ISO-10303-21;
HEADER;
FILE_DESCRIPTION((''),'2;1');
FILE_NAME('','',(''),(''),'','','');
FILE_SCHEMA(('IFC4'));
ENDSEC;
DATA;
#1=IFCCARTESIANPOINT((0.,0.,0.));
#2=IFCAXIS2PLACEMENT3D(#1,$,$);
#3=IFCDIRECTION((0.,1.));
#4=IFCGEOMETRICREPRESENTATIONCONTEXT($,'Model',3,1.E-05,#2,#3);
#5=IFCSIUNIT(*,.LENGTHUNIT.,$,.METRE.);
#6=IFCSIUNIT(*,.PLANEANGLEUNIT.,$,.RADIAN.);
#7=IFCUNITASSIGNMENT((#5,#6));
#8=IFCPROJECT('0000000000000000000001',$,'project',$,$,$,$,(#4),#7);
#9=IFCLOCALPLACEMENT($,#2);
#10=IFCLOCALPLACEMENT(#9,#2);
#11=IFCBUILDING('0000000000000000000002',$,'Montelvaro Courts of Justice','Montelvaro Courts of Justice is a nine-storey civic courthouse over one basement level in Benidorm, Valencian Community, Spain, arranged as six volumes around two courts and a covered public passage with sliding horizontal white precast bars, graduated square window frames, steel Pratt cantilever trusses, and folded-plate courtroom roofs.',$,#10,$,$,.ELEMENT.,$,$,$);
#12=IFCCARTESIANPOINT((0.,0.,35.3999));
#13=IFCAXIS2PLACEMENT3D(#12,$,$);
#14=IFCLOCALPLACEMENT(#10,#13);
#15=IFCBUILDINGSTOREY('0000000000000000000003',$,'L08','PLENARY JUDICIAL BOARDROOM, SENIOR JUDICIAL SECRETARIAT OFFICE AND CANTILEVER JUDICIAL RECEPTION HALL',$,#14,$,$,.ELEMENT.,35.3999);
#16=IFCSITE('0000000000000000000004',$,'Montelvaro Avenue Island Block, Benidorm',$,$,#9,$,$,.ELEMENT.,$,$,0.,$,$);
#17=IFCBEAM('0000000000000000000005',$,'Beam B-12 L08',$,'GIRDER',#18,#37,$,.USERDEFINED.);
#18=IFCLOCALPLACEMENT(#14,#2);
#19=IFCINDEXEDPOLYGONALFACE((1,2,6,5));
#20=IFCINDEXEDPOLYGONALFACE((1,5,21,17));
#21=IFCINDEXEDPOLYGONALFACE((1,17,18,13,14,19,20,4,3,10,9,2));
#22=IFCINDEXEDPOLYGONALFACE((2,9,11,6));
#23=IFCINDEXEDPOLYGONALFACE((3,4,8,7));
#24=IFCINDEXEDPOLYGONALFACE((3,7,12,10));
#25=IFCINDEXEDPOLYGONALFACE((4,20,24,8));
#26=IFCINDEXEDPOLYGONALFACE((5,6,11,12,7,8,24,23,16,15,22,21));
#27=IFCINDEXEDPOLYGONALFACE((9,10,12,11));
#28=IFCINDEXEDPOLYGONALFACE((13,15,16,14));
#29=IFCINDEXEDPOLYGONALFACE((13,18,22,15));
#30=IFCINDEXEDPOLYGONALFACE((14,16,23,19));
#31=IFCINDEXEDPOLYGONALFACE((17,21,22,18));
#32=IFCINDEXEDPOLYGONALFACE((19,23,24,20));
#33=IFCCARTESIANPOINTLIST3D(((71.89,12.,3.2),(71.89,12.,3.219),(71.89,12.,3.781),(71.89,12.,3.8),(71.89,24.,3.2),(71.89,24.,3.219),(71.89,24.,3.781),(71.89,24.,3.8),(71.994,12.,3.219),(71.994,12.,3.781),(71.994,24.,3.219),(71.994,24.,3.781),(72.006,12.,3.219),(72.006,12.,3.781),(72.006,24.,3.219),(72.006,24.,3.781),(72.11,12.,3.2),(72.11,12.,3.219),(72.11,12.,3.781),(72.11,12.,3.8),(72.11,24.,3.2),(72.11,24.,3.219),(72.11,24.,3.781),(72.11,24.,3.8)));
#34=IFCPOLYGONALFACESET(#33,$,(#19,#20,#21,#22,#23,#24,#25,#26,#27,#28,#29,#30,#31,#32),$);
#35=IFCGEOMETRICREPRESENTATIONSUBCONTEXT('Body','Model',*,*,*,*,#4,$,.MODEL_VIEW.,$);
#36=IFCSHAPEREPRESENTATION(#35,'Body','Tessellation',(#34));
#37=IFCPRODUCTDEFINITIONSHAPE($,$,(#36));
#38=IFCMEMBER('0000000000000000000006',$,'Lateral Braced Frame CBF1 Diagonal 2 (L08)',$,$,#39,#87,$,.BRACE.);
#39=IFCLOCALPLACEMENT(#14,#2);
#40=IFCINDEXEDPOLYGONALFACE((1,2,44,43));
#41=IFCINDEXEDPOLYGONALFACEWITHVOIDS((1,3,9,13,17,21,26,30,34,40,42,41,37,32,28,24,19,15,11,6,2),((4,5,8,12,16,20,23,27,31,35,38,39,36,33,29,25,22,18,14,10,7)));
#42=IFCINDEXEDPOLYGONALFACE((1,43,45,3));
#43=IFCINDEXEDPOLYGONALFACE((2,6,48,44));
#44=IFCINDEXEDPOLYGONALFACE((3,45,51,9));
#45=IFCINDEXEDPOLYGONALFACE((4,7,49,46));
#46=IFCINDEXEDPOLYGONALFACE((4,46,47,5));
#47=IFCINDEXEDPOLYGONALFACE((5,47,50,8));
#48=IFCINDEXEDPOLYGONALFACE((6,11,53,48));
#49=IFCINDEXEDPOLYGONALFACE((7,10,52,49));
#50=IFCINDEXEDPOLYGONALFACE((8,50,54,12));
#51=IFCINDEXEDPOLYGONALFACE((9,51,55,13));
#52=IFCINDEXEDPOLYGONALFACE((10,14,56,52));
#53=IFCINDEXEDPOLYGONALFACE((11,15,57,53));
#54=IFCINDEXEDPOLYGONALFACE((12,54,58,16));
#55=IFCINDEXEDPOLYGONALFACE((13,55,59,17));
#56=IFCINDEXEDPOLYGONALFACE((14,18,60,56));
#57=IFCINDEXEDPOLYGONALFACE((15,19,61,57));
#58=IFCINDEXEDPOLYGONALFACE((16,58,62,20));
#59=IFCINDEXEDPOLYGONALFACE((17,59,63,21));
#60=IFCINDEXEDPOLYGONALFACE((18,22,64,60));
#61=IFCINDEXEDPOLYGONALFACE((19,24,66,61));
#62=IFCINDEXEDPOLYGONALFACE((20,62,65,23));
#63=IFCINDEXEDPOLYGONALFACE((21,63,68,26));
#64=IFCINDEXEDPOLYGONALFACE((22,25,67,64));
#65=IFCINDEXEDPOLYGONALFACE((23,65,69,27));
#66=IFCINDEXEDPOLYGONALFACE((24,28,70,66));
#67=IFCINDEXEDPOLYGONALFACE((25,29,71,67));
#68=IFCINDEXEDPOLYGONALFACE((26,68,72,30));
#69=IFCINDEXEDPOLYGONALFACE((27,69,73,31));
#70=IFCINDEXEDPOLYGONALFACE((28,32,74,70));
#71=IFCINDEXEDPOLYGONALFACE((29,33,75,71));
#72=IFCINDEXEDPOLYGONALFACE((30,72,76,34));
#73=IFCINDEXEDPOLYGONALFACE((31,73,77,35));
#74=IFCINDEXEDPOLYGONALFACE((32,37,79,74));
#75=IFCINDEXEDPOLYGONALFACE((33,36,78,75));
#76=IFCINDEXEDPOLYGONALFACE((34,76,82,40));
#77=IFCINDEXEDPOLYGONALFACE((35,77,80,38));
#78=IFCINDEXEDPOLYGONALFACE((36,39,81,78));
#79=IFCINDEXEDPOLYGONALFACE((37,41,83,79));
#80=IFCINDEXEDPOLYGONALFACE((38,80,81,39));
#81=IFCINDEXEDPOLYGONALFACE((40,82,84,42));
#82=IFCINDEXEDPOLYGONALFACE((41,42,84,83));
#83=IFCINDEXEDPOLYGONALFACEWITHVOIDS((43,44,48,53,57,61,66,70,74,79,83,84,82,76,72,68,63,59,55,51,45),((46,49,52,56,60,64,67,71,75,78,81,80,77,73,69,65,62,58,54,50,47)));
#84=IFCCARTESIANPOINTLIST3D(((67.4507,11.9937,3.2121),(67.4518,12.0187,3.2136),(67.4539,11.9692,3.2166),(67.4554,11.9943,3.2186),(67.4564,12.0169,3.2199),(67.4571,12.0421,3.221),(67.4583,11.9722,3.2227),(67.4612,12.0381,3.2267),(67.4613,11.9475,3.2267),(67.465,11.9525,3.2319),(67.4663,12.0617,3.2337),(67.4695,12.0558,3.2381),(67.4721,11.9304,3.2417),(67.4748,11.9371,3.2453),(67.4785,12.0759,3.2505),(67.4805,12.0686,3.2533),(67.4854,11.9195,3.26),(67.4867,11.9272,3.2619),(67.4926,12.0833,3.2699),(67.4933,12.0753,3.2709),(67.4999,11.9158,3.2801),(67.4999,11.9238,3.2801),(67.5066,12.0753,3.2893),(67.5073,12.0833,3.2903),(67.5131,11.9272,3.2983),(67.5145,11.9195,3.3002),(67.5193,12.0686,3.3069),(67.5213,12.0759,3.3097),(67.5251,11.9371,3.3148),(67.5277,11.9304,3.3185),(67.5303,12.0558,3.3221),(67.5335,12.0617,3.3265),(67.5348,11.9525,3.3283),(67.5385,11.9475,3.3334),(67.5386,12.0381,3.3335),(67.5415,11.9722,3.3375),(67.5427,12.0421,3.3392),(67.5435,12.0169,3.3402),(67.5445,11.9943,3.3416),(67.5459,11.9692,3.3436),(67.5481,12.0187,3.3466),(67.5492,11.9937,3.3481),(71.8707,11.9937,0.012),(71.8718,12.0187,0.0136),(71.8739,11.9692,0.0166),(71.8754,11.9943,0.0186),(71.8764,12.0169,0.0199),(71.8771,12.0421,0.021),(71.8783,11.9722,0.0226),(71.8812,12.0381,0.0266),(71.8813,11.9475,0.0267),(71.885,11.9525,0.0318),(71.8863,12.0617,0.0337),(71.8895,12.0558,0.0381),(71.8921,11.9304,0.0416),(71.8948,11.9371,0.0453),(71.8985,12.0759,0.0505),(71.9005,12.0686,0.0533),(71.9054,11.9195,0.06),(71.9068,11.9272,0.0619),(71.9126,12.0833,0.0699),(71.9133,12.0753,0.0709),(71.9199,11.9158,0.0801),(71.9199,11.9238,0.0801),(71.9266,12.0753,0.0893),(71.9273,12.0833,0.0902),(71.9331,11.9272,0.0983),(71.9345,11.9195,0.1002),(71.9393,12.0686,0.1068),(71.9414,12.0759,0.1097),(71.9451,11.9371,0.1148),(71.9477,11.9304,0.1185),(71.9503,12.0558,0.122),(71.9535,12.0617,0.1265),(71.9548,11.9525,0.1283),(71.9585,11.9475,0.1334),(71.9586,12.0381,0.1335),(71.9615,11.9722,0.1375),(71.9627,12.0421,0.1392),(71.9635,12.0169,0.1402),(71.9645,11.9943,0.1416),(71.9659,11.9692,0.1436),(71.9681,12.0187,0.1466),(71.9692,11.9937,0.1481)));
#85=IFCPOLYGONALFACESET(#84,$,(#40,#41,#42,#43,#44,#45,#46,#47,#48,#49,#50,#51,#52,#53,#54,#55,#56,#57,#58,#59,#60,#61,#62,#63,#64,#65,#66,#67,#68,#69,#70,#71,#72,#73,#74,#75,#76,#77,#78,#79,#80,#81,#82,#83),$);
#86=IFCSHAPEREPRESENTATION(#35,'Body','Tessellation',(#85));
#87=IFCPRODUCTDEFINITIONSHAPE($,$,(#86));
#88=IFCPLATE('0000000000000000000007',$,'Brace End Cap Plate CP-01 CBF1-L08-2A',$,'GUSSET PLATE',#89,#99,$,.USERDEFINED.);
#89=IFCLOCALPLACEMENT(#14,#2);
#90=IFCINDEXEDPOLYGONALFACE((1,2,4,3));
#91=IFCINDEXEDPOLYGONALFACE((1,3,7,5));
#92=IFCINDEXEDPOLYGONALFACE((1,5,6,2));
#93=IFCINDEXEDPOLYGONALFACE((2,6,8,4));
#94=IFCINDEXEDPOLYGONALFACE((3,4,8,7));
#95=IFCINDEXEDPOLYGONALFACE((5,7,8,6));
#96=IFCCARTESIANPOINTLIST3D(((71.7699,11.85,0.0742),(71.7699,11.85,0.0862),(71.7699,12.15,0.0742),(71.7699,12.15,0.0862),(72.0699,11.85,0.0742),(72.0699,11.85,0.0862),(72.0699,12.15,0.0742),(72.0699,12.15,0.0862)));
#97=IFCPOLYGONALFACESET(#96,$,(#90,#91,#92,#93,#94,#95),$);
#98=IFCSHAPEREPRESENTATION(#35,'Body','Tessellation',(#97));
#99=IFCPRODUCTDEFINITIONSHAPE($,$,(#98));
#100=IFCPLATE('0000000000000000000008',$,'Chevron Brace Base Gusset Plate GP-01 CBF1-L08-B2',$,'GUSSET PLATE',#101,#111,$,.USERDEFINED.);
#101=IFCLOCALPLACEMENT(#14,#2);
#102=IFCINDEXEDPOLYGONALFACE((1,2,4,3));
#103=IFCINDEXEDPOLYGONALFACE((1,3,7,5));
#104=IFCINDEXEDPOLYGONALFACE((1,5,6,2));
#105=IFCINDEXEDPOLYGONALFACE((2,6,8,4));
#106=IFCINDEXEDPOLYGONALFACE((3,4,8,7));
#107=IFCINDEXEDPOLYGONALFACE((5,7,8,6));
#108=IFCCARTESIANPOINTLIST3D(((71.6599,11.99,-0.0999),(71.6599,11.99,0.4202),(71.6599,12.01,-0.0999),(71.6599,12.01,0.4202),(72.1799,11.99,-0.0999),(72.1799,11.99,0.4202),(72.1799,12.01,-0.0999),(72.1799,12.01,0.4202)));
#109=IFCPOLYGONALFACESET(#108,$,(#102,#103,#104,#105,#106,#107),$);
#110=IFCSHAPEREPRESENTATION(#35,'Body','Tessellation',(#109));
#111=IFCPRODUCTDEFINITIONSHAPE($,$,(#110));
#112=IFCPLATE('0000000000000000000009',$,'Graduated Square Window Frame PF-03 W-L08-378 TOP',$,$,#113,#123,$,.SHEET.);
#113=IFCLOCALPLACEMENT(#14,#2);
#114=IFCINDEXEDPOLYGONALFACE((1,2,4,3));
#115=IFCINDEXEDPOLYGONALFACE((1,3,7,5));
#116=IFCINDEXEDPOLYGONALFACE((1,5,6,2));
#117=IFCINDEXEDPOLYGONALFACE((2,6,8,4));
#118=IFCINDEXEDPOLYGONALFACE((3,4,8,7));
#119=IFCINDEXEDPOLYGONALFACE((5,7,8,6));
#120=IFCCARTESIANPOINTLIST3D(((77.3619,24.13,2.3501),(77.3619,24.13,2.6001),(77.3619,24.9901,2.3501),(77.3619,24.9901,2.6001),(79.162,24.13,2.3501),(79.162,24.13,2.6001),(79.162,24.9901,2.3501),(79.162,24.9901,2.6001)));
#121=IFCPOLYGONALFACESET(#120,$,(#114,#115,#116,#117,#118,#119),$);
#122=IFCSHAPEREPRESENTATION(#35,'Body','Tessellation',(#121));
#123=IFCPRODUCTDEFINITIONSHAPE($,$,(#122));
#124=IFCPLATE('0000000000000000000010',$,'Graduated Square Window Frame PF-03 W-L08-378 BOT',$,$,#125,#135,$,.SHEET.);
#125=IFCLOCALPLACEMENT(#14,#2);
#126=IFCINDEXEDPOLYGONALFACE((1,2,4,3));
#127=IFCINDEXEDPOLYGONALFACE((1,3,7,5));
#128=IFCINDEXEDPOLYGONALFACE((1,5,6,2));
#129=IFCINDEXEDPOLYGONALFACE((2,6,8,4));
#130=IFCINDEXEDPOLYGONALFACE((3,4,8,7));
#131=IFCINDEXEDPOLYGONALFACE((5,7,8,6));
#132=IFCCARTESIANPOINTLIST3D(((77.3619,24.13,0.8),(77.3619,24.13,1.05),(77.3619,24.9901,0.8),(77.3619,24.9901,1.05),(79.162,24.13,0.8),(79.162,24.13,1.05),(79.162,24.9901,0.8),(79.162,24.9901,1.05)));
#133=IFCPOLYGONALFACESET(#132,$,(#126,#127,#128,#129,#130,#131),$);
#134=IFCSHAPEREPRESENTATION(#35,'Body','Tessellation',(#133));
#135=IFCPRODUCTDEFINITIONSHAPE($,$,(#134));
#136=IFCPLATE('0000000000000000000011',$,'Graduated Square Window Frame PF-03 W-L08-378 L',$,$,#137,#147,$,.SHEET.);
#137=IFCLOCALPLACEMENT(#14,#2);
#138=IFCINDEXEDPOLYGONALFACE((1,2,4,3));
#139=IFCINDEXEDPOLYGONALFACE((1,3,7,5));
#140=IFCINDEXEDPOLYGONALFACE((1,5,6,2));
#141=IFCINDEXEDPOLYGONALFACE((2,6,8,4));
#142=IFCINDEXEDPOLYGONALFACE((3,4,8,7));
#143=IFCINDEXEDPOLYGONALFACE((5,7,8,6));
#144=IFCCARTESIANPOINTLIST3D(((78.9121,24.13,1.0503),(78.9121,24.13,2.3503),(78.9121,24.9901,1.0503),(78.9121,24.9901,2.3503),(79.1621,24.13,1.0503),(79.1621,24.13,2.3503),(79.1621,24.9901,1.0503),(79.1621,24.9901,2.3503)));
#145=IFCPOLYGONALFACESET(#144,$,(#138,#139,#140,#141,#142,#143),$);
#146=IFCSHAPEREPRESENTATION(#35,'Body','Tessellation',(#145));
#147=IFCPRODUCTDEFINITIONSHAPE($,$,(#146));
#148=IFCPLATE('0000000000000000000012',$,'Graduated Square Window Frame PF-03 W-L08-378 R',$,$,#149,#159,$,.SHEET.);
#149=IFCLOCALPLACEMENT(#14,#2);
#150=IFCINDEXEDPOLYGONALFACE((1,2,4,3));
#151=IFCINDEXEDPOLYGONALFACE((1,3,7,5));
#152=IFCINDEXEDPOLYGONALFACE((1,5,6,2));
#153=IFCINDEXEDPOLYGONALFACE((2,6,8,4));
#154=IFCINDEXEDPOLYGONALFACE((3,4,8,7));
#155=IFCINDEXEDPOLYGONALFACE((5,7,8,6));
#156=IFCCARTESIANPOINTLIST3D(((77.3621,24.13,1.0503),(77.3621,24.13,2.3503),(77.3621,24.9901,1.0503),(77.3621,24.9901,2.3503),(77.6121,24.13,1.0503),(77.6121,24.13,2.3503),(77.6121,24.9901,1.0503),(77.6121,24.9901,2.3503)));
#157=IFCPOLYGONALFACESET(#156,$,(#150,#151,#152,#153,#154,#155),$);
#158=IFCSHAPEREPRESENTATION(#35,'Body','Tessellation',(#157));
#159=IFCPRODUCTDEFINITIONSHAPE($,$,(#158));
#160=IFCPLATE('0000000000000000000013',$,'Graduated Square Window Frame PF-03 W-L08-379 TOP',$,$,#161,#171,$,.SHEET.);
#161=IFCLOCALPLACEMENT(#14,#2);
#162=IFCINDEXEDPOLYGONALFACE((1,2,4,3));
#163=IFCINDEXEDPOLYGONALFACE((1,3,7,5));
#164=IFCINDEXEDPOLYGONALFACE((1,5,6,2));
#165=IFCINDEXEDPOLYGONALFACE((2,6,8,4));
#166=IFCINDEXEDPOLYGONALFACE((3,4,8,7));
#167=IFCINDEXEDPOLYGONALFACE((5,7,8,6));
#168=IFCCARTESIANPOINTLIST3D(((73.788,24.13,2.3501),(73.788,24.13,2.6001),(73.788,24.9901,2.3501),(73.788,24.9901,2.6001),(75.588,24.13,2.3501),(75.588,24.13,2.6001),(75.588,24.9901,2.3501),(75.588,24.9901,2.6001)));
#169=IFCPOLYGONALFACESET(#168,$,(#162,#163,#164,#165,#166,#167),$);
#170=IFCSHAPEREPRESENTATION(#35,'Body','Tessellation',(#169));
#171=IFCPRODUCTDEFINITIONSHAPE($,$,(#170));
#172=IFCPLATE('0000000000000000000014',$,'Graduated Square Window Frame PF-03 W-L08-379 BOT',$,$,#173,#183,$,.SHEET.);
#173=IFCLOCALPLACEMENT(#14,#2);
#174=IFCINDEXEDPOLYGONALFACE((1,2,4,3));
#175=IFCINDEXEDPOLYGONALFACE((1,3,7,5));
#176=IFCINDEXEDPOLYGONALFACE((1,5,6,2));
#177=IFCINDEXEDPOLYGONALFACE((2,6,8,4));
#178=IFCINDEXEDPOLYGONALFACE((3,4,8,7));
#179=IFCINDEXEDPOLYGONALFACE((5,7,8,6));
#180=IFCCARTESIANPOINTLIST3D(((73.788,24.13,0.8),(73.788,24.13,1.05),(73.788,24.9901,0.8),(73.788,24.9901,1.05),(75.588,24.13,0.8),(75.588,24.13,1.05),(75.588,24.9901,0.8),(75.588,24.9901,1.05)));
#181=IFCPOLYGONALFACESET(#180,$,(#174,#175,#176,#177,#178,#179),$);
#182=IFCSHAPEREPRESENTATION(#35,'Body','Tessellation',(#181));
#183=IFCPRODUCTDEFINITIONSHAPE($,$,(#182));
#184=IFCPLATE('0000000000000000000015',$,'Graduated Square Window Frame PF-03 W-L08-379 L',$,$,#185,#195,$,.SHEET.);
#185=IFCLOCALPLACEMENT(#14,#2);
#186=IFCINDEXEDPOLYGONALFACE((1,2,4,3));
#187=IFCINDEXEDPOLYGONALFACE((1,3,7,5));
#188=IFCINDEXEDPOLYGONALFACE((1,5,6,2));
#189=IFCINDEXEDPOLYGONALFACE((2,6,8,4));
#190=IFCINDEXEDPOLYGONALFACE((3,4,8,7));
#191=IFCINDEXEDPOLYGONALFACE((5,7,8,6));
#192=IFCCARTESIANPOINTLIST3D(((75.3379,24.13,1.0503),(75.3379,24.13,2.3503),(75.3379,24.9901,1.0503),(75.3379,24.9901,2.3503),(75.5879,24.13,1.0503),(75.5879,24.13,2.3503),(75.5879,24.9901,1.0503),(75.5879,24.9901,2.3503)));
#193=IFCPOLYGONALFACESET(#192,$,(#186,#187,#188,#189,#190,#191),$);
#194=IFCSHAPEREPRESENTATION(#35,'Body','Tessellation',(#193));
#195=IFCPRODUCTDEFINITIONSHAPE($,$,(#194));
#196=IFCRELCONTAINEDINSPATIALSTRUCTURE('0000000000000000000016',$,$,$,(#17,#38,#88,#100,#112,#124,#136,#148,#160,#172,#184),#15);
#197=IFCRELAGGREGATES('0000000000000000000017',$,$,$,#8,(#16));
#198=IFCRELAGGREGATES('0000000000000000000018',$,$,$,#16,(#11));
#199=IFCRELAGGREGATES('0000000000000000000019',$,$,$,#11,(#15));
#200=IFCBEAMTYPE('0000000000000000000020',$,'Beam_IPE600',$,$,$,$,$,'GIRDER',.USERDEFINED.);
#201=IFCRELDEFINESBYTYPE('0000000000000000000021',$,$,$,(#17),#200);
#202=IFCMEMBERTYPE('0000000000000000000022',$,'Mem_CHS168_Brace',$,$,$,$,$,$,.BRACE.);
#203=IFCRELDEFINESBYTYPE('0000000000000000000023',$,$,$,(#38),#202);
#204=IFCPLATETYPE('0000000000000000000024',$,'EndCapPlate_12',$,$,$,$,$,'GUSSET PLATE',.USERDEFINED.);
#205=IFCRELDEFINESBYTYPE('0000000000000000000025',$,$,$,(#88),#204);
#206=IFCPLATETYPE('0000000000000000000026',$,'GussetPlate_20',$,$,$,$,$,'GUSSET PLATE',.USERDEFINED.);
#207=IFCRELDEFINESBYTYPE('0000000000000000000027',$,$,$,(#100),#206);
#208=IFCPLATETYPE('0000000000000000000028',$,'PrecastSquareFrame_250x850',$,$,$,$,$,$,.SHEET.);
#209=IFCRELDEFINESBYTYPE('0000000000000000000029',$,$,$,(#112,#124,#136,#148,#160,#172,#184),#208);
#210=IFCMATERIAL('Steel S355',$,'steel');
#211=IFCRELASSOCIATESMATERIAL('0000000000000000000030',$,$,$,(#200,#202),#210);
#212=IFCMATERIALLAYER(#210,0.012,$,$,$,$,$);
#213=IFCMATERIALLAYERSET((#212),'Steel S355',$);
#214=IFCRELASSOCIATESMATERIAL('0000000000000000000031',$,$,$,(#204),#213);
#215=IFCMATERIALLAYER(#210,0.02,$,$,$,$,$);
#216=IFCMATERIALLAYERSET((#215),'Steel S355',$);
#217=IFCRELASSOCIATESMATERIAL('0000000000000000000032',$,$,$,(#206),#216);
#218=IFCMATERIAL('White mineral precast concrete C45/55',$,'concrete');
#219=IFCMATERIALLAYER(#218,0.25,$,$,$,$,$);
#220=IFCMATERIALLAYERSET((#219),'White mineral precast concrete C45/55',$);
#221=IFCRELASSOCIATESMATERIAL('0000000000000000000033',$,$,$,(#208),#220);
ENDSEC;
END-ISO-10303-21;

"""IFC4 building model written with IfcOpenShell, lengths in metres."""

from ifc_helpers import new_model, si_unit, direction, frame, origin, origin_2d, place, context, subcontext, project, spatial, rectangle, hollow_circle, i_section, extrude, material, layer, layer_set, material_profile, profile_set, type_object, element, save


model = new_model("IFC4")

# Units and contexts
model_context = context("Model", 3, precision=1e-05, world=origin(), true_north=direction((0.0, 1.0)))
body_context = subcontext(model_context, "Body", "Model", "MODEL_VIEW")
ifc_project = project(units=[si_unit("LENGTHUNIT", "METRE"), si_unit("PLANEANGLEUNIT", "RADIAN")], contexts=[model_context])

# Site, building, storey
site_placement = place(None, origin())
site = spatial("IfcSite", under=ifc_project, at=site_placement, Name="Montelvaro Avenue Island Block, Benidorm", CompositionType="ELEMENT", RefElevation=0.0)
building_placement = place(site_placement, origin())
building = spatial("IfcBuilding", under=site, at=building_placement, Name="Montelvaro Courts of Justice", Description="Montelvaro Courts of Justice is a nine-storey civic courthouse over one basement level in Benidorm, Valencian Community, Spain, arranged as six volumes around two courts and a covered public passage with sliding horizontal white precast bars, graduated square window frames, steel Pratt cantilever trusses, and folded-plate courtroom roofs.", CompositionType="ELEMENT")
storey_placement = place(building_placement, frame((0.0, 0.0, 35.3999)))
storey = spatial("IfcBuildingStorey", under=building, at=storey_placement, Name="L08", Description="PLENARY JUDICIAL BOARDROOM, SENIOR JUDICIAL SECRETARIAT OFFICE AND CANTILEVER JUDICIAL RECEPTION HALL", CompositionType="ELEMENT", Elevation=35.3999)

# Shared definitions
ifc_material_1 = material(Name="Steel S355", Category="steel")

# Beam
ifc_material_profile_1 = material_profile(ifc_material_1, i_section(OverallWidth=0.22, OverallDepth=0.6001, WebThickness=0.012, FlangeThickness=0.019, at=origin_2d()), Name="IPE 600")
ifc_profile_set_1 = profile_set([ifc_material_profile_1], Name="Steel S355")
beam_type_1 = type_object("IfcBeamType", Name="Beam_IPE600", ElementType="GIRDER", PredefinedType="USERDEFINED", material=ifc_profile_set_1)
beam_1_placement = place(storey_placement, frame((72.0, 12.0, 3.5), z_axis=(0.0, 1.0, 0.0), x_axis=(-1.0, 0.0, 0.0)))
element("IfcBeam", 1, at=beam_1_placement, inside=storey, type_object=beam_type_1, Name="Beam B-12 L08", ObjectType="GIRDER", PredefinedType="USERDEFINED", context=body_context, shape_type="SweptSolid", body=[
    extrude(i_section(OverallWidth=0.22, OverallDepth=0.6001, WebThickness=0.012, FlangeThickness=0.019, at=origin_2d()), origin(), (0.0, 0.0, 1.0), 12.0),
])

# Member
ifc_material_profile_2 = material_profile(ifc_material_1, hollow_circle(Radius=0.0842, WallThickness=0.0081, at=origin_2d()), Name="CHS 168.3x8")
ifc_profile_set_2 = profile_set([ifc_material_profile_2], Name="Steel S355")
member_type = type_object("IfcMemberType", Name="Mem_CHS168_Brace", PredefinedType="BRACE", material=ifc_profile_set_2)
member_placement = place(storey_placement, frame((71.9199, 12.0, 0.0801), z_axis=(-0.810001, 0.0, 0.586428), x_axis=(0.0, -1.0, 0.0)))
element("IfcMember", 2, at=member_placement, inside=storey, type_object=member_type, Name="Lateral Braced Frame CBF1 Diagonal 2 (L08)", PredefinedType="BRACE", context=body_context, shape_type="SweptSolid", body=[
    extrude(hollow_circle(Radius=0.0842, WallThickness=0.0081, at=origin_2d()), origin(), (0.0, 0.0, 1.0), 5.4568),
])

# Plates
ifc_layer_1 = layer(ifc_material_1, 0.012)
ifc_layer_set_1 = layer_set([ifc_layer_1], Name="Steel S355")
plate_type_1 = type_object("IfcPlateType", Name="EndCapPlate_12", ElementType="GUSSET PLATE", PredefinedType="USERDEFINED", material=ifc_layer_set_1)
plate_1_placement = place(storey_placement, frame((71.9199, 12.0, 0.0742), z_axis=(0.0, 0.0, 1.0), x_axis=(1.0, 0.0, 0.0)))
element("IfcPlate", 3, at=plate_1_placement, inside=storey, type_object=plate_type_1, Name="Brace End Cap Plate CP-01 CBF1-L08-2A", ObjectType="GUSSET PLATE", PredefinedType="USERDEFINED", context=body_context, shape_type="SweptSolid", body=[
    extrude(rectangle(XDim=0.3, YDim=0.3, at=origin_2d()), origin(), (0.0, 0.0, 1.0), 0.012),
])
ifc_layer_2 = layer(ifc_material_1, 0.02)
ifc_layer_set_2 = layer_set([ifc_layer_2], Name="Steel S355")
plate_type_2 = type_object("IfcPlateType", Name="GussetPlate_20", ElementType="GUSSET PLATE", PredefinedType="USERDEFINED", material=ifc_layer_set_2)
plate_2_placement = place(storey_placement, frame((71.9199, 12.0, -0.0999), z_axis=(0.0, 0.0, 1.0), x_axis=(1.0, 0.0, 0.0)))
element("IfcPlate", 4, at=plate_2_placement, inside=storey, type_object=plate_type_2, Name="Chevron Brace Base Gusset Plate GP-01 CBF1-L08-B2", ObjectType="GUSSET PLATE", PredefinedType="USERDEFINED", context=body_context, shape_type="SweptSolid", body=[
    extrude(rectangle(XDim=0.52, YDim=0.02, at=origin_2d()), origin(), (0.0, 0.0, 1.0), 0.52),
])
ifc_material_2 = material(Name="White mineral precast concrete C45/55", Category="concrete")
ifc_layer_3 = layer(ifc_material_2, 0.25)
ifc_layer_set_3 = layer_set([ifc_layer_3], Name="White mineral precast concrete C45/55")
plate_type_3 = type_object("IfcPlateType", Name="PrecastSquareFrame_250x850", PredefinedType="SHEET", material=ifc_layer_set_3)
for number, where, z_axis, x_axis, name in (
    (5, (78.262, 24.5601, 2.3501), (0.0, 0.0, 1.0), (-1.0, 0.0, 0.0), "Graduated Square Window Frame PF-03 W-L08-378 TOP"),
    (6, (78.262, 24.5601, 0.8), (0.0, 0.0, 1.0), (-1.0, 0.0, 0.0), "Graduated Square Window Frame PF-03 W-L08-378 BOT"),
):
    element("IfcPlate", number, at=place(storey_placement, frame(where, z_axis=z_axis, x_axis=x_axis)), inside=storey, type_object=plate_type_3, Name=name, PredefinedType="SHEET", context=body_context, shape_type="SweptSolid", body=[
        extrude(rectangle(XDim=1.8, YDim=0.8601, at=origin_2d()), origin(), (0.0, 0.0, 1.0), 0.25),
    ])
for number, where, z_axis, x_axis, name in (
    (7, (79.0371, 24.5601, 1.0503), (0.0, 0.0, 1.0), (-1.0, 0.0, 0.0), "Graduated Square Window Frame PF-03 W-L08-378 L"),
    (8, (77.4871, 24.5601, 1.0503), (0.0, 0.0, 1.0), (-1.0, 0.0, 0.0), "Graduated Square Window Frame PF-03 W-L08-378 R"),
):
    element("IfcPlate", number, at=place(storey_placement, frame(where, z_axis=z_axis, x_axis=x_axis)), inside=storey, type_object=plate_type_3, Name=name, PredefinedType="SHEET", context=body_context, shape_type="SweptSolid", body=[
        extrude(rectangle(XDim=0.25, YDim=0.8601, at=origin_2d()), origin(), (0.0, 0.0, 1.0), 1.3),
    ])
for number, where, z_axis, x_axis, name in (
    (9, (74.688, 24.5601, 2.3501), (0.0, 0.0, 1.0), (-1.0, 0.0, 0.0), "Graduated Square Window Frame PF-03 W-L08-379 TOP"),
    (10, (74.688, 24.5601, 0.8), (0.0, 0.0, 1.0), (-1.0, 0.0, 0.0), "Graduated Square Window Frame PF-03 W-L08-379 BOT"),
):
    element("IfcPlate", number, at=place(storey_placement, frame(where, z_axis=z_axis, x_axis=x_axis)), inside=storey, type_object=plate_type_3, Name=name, PredefinedType="SHEET", context=body_context, shape_type="SweptSolid", body=[
        extrude(rectangle(XDim=1.8, YDim=0.8601, at=origin_2d()), origin(), (0.0, 0.0, 1.0), 0.25),
    ])
for number, where, z_axis, x_axis, name in (
    (11, (75.4629, 24.5601, 1.0503), (0.0, 0.0, 1.0), (-1.0, 0.0, 0.0), "Graduated Square Window Frame PF-03 W-L08-379 L"),
):
    element("IfcPlate", number, at=place(storey_placement, frame(where, z_axis=z_axis, x_axis=x_axis)), inside=storey, type_object=plate_type_3, Name=name, PredefinedType="SHEET", context=body_context, shape_type="SweptSolid", body=[
        extrude(rectangle(XDim=0.25, YDim=0.8601, at=origin_2d()), origin(), (0.0, 0.0, 1.0), 1.3),
    ])

save(model, "model.ifc")
